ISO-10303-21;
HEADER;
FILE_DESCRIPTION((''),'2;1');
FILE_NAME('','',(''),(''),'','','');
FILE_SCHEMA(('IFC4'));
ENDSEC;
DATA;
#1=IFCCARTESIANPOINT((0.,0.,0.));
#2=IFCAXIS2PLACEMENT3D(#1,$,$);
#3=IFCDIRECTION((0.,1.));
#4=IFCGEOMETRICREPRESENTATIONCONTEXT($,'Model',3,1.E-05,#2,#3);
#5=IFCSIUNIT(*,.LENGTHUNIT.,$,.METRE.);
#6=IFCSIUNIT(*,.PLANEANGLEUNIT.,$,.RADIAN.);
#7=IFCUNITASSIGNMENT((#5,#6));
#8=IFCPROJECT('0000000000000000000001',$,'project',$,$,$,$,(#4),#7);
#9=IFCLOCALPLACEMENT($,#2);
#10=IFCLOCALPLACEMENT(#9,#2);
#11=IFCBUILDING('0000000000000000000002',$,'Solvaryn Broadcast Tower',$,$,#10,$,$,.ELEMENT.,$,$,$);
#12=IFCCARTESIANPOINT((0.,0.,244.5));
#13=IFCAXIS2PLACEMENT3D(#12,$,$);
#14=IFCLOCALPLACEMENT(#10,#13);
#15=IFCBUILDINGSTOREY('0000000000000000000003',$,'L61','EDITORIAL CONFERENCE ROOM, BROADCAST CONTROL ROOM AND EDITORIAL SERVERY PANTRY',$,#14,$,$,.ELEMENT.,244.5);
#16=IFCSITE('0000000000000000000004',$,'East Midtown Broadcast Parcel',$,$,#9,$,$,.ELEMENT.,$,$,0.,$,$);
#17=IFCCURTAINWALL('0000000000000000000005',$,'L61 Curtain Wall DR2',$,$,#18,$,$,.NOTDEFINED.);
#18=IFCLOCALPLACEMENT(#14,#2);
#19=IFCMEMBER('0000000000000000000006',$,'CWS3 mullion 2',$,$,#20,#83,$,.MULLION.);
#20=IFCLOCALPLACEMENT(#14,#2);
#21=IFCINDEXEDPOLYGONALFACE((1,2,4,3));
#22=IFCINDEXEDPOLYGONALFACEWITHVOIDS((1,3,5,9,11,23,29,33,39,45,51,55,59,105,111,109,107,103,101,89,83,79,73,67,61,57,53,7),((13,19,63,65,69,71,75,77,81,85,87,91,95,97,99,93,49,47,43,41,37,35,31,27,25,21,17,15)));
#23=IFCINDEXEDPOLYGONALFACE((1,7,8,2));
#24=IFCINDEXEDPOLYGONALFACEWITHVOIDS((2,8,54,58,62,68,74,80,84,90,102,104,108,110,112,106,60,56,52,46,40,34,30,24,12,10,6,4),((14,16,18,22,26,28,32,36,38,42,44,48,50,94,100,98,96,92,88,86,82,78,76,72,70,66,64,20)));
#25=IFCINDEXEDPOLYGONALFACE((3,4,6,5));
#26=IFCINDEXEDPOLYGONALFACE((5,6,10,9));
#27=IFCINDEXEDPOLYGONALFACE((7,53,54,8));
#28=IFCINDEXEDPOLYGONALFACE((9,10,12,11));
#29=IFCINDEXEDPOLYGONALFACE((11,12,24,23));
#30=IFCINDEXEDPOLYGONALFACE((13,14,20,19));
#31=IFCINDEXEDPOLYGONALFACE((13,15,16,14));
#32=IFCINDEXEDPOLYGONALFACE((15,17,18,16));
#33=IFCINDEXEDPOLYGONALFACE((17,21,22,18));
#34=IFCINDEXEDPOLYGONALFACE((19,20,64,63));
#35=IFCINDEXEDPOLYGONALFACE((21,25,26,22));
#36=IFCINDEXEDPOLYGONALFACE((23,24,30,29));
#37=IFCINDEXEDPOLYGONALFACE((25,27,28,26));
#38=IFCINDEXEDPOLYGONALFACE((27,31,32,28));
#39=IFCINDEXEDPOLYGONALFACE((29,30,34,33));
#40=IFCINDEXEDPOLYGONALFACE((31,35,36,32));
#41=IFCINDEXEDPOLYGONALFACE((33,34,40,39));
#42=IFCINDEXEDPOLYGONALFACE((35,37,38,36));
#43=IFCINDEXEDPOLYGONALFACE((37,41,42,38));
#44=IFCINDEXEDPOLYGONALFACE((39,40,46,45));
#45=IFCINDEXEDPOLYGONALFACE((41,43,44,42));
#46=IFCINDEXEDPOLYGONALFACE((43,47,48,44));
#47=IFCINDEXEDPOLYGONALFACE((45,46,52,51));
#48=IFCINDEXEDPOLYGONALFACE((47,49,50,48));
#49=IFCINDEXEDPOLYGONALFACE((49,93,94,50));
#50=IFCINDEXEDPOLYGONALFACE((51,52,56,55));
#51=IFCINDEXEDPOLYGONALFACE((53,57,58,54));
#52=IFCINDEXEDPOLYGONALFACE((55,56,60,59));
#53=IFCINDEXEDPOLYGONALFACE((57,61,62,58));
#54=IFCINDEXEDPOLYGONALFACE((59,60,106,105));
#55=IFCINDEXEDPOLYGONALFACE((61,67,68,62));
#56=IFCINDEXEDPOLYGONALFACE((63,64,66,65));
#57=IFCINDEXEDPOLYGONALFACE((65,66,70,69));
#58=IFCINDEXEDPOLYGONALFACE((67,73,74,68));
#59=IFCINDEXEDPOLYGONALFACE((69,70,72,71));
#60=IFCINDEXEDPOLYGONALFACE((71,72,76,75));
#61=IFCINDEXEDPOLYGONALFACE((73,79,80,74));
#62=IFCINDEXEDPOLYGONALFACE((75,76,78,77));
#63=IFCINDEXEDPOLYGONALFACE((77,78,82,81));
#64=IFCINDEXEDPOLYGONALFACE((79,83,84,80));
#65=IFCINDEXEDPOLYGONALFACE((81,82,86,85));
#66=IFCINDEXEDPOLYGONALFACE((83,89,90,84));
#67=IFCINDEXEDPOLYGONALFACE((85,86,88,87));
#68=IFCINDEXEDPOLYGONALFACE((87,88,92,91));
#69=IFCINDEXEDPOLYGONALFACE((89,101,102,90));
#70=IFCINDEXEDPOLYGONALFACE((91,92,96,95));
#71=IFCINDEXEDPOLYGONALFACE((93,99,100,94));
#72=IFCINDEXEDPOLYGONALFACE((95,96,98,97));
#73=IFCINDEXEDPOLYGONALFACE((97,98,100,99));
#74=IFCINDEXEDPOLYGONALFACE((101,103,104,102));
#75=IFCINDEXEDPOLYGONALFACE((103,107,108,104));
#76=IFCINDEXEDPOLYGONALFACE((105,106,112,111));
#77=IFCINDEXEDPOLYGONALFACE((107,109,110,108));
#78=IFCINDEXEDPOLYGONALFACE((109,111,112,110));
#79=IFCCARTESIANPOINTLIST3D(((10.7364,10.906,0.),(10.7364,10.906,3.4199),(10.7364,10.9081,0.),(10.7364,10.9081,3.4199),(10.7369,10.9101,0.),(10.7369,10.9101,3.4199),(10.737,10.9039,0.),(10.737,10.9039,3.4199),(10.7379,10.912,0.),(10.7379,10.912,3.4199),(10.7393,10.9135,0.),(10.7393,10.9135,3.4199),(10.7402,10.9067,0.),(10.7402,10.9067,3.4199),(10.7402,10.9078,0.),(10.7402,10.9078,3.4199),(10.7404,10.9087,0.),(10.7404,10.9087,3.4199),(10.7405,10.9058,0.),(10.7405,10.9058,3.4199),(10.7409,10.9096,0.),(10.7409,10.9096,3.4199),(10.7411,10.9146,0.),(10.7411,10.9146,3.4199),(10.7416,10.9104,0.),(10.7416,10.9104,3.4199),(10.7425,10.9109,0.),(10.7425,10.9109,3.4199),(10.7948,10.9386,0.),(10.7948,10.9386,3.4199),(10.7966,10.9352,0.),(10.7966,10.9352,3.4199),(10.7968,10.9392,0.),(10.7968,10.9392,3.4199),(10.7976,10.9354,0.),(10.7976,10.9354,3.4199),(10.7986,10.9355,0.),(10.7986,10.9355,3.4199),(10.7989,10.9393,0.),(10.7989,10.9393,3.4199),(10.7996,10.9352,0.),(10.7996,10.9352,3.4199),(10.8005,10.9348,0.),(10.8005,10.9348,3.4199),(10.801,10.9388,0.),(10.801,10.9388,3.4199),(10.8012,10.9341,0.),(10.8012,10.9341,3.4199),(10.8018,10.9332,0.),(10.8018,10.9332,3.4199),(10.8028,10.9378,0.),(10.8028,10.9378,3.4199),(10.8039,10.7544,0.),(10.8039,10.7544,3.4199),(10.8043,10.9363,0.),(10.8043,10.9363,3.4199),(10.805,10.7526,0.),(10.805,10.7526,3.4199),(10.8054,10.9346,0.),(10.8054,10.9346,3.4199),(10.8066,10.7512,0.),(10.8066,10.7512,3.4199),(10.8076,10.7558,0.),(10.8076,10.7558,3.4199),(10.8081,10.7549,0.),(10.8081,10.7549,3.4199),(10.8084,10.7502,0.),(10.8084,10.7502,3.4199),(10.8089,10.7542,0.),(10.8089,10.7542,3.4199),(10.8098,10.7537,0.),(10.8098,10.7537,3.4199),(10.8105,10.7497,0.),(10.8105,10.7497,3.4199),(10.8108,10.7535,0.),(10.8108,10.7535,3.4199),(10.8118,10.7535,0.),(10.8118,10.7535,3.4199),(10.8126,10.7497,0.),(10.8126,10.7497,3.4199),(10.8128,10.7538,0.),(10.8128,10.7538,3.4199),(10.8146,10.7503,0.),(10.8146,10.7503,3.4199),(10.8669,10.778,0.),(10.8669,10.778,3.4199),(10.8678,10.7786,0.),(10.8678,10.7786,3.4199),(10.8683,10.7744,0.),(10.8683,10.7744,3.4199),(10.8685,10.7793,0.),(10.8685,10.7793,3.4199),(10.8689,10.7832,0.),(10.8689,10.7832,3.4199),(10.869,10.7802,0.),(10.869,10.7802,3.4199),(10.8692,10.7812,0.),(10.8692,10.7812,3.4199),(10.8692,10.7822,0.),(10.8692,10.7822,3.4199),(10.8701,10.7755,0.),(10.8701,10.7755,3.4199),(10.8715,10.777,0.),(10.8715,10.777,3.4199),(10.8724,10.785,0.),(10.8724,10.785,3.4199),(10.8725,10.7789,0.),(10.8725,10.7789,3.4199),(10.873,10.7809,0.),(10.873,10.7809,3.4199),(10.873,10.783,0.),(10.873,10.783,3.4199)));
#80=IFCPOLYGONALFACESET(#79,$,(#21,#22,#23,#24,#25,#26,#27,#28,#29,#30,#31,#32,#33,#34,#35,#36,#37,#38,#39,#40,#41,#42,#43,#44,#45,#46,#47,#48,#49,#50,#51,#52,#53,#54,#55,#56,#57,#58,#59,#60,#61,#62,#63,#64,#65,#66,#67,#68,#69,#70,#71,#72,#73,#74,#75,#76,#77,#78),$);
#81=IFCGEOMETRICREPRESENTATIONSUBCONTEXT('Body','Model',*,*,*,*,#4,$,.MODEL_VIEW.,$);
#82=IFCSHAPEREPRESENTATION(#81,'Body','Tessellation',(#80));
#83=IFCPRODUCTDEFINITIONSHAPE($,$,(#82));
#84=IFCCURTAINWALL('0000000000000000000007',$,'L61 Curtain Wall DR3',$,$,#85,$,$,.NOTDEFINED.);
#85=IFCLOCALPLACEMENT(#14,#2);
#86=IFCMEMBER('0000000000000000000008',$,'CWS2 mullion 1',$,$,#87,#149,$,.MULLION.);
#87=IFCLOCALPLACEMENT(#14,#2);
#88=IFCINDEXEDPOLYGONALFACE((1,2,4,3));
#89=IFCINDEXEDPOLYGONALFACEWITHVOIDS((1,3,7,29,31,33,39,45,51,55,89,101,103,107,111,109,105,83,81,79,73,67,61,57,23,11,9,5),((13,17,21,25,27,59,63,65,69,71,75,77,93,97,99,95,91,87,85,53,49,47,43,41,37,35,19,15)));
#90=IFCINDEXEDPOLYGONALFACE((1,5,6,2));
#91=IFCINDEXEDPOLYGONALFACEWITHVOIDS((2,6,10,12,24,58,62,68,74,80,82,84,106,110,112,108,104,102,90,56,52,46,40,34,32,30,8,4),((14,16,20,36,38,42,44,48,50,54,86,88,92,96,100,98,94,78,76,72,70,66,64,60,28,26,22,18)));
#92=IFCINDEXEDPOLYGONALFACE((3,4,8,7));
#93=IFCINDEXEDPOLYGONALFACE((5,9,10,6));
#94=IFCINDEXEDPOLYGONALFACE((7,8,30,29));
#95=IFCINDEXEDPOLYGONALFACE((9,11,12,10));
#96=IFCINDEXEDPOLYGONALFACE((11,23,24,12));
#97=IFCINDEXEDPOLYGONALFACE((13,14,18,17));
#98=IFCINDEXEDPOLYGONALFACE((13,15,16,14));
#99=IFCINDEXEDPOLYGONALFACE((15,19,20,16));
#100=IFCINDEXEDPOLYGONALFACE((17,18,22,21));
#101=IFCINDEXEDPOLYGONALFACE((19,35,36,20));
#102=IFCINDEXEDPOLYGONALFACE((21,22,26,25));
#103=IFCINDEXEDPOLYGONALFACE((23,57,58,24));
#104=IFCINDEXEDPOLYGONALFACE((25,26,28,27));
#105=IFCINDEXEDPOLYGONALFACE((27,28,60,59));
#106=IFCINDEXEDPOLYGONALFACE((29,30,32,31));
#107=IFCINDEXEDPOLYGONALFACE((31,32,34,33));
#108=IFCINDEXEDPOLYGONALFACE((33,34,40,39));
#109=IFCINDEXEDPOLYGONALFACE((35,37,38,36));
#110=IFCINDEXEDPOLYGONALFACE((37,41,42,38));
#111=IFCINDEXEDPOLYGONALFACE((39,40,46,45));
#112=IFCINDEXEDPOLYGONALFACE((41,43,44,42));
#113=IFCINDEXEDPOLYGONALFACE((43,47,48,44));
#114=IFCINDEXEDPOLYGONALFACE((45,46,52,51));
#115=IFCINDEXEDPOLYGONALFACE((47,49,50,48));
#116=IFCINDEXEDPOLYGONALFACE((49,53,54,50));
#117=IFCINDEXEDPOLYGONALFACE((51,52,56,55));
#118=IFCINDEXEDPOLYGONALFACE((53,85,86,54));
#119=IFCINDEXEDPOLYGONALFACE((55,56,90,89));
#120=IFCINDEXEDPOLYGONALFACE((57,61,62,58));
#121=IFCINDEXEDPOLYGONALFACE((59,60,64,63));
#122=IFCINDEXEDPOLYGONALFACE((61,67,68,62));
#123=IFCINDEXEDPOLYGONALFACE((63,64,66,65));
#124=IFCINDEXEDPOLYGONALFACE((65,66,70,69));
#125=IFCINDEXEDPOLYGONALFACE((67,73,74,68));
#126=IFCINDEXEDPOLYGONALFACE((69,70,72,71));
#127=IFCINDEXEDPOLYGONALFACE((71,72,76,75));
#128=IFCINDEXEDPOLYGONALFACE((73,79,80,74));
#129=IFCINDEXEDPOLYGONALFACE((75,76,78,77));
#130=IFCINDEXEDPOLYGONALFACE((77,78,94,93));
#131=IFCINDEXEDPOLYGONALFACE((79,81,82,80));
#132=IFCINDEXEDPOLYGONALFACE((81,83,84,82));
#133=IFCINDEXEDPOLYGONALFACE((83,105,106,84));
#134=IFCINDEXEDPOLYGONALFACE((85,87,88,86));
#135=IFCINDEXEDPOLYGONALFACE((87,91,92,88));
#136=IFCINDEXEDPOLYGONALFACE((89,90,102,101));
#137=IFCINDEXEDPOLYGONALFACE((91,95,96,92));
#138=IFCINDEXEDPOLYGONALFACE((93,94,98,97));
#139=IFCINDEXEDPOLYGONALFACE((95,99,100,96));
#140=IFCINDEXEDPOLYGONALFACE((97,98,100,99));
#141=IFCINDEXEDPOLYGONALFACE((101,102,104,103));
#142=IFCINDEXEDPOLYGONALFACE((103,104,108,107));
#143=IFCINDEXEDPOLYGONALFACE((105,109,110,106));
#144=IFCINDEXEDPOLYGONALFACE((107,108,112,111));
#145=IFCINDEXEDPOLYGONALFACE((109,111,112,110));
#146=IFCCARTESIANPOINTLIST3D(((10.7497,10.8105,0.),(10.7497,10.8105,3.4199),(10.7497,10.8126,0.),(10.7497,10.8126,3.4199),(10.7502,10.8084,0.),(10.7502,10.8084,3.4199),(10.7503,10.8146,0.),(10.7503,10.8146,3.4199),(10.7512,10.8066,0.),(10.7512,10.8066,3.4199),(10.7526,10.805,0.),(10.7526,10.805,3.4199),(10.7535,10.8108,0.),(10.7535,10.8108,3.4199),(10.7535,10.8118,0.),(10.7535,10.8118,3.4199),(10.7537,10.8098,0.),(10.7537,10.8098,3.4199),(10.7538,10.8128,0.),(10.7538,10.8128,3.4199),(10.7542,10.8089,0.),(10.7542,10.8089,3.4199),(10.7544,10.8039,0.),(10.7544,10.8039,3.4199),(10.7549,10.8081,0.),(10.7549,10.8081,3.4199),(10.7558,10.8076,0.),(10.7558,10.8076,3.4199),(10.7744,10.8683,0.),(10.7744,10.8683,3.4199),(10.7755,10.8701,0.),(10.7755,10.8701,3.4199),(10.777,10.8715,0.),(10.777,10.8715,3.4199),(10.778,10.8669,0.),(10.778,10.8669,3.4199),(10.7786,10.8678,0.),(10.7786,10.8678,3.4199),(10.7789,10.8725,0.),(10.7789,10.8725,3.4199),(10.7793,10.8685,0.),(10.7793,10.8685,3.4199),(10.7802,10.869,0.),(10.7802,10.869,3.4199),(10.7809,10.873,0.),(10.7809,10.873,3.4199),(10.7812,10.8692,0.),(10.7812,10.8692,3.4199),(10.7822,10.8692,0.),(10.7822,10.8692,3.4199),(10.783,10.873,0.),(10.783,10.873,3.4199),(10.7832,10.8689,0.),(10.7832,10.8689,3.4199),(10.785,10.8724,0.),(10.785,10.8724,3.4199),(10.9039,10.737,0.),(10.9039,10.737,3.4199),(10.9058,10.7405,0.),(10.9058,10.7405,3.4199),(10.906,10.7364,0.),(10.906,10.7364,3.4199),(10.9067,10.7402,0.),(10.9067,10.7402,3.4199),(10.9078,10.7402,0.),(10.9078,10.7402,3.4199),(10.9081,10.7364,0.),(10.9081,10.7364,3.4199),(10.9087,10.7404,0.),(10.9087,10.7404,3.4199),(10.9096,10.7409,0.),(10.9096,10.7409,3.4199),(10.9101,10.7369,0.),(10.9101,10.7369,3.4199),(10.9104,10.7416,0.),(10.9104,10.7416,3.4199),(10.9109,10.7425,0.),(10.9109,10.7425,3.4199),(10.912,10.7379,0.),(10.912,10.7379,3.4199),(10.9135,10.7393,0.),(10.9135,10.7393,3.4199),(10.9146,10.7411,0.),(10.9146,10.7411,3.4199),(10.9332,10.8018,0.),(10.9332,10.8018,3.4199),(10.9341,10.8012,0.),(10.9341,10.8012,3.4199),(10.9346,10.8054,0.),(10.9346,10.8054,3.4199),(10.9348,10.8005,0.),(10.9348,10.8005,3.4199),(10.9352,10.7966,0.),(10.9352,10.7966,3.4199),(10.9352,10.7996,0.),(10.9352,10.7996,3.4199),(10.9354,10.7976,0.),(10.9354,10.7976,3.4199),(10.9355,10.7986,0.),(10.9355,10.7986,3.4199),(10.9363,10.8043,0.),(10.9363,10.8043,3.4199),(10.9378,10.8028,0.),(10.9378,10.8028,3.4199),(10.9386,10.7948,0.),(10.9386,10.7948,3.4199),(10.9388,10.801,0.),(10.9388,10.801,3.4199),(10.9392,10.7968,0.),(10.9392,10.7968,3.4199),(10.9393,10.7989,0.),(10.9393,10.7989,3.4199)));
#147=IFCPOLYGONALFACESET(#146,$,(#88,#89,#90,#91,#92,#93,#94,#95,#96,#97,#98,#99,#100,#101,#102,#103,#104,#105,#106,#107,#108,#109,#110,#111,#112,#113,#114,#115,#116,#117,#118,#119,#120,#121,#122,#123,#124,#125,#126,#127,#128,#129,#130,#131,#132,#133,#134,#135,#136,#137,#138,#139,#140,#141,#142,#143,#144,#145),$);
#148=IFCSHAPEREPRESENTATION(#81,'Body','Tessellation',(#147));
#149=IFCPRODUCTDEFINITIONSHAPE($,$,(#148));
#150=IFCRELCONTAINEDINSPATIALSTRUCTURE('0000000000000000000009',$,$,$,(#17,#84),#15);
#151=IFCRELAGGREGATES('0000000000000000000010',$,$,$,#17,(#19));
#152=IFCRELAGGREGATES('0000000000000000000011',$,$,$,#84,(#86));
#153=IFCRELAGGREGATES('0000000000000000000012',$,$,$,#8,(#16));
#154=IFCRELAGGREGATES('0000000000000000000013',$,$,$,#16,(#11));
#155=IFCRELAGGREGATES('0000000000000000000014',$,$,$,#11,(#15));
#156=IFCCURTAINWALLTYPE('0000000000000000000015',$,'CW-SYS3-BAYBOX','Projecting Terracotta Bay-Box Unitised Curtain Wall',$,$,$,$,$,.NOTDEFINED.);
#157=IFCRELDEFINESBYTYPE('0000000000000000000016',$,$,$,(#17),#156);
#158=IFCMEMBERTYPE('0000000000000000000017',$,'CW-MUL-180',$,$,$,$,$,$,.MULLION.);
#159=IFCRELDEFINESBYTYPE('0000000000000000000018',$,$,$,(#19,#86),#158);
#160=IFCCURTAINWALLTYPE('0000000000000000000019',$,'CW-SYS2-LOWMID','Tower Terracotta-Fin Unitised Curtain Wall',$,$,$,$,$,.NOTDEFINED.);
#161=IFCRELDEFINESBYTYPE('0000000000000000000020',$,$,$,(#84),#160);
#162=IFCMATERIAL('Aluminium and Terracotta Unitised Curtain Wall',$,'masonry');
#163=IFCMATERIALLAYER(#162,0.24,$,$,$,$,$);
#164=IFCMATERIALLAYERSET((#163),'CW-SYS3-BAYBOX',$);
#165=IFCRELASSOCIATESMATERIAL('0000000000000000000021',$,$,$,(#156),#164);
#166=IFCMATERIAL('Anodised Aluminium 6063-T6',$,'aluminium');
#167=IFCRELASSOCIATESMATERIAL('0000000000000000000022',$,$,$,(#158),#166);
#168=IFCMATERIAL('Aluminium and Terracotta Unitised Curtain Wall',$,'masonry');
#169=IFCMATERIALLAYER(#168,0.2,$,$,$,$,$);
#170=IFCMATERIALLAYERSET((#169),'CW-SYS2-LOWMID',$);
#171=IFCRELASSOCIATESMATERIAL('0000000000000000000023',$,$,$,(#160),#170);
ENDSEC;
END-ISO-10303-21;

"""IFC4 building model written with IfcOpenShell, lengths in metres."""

from ifc_helpers import new_model, si_unit, direction, frame, origin, origin_2d, place, context, subcontext, project, spatial, hollow_rectangle, extrude, material, layer, layer_set, material_profile, profile_set, type_object, element, aggregate, save


model = new_model("IFC4")

# Units and contexts
model_context = context("Model", 3, precision=1e-05, world=origin(), true_north=direction((0.0, 1.0)))
body_context = subcontext(model_context, "Body", "Model", "MODEL_VIEW")
ifc_project = project(units=[si_unit("LENGTHUNIT", "METRE"), si_unit("PLANEANGLEUNIT", "RADIAN")], contexts=[model_context])

# Site, building, storey
site_placement = place(None, origin())
site = spatial("IfcSite", under=ifc_project, at=site_placement, Name="East Midtown Broadcast Parcel", CompositionType="ELEMENT", RefElevation=0.0)
building_placement = place(site_placement, origin())
building = spatial("IfcBuilding", under=site, at=building_placement, Name="Solvaryn Broadcast Tower", CompositionType="ELEMENT")
storey_placement = place(building_placement, frame((0.0, 0.0, 244.5)))
storey = spatial("IfcBuildingStorey", under=building, at=storey_placement, Name="L61", Description="EDITORIAL CONFERENCE ROOM, BROADCAST CONTROL ROOM AND EDITORIAL SERVERY PANTRY", CompositionType="ELEMENT", Elevation=244.5)

# Curtain wall, member
ifc_material_1 = material(Name="Aluminium and Terracotta Unitised Curtain Wall", Category="masonry")
ifc_layer_1 = layer(ifc_material_1, 0.24)
ifc_layer_set_1 = layer_set([ifc_layer_1], Name="CW-SYS3-BAYBOX")
curtain_wall_type_1 = type_object("IfcCurtainWallType", Name="CW-SYS3-BAYBOX", Description="Projecting Terracotta Bay-Box Unitised Curtain Wall", PredefinedType="NOTDEFINED", material=ifc_layer_set_1)
curtain_wall_1_placement = place(storey_placement, origin())
curtain_wall_1 = element("IfcCurtainWall", 1, at=curtain_wall_1_placement, inside=storey, type_object=curtain_wall_type_1, Name="L61 Curtain Wall DR2", PredefinedType="NOTDEFINED")
ifc_material_2 = material(Name="Anodised Aluminium 6063-T6", Category="aluminium")
ifc_material_profile_1 = material_profile(ifc_material_2, hollow_rectangle(XDim=0.075, YDim=0.1799, WallThickness=0.0039, InnerFilletRadius=0.0039, OuterFilletRadius=0.0081, at=origin_2d()))
ifc_profile_set_1 = profile_set([ifc_material_profile_1], Name="Anodised Aluminium 6063-T6")
member_type_1 = type_object("IfcMemberType", Name="CW-MUL-180", PredefinedType="MULLION", material=ifc_profile_set_1)
member_1_placement = place(storey_placement, frame((10.8047, 10.8445, 0.0), z_axis=(0.0, 0.0, 1.0), x_axis=(0.912774, 0.408466, 0.0)))
member_1 = element("IfcMember", 2, at=member_1_placement, type_object=member_type_1, Name="CWS3 mullion 2", PredefinedType="MULLION", context=body_context, shape_type="SweptSolid", body=[
    extrude(hollow_rectangle(XDim=0.075, YDim=0.1799, WallThickness=0.0039, InnerFilletRadius=0.0039, OuterFilletRadius=0.0081, at=origin_2d()), origin(), (0.0, 0.0, 1.0), 3.4199),
])
aggregate(curtain_wall_1, [member_1])

# Curtain wall, member
ifc_material_3 = material(Name="Aluminium and Terracotta Unitised Curtain Wall", Category="masonry")
ifc_layer_2 = layer(ifc_material_3, 0.2)
ifc_layer_set_2 = layer_set([ifc_layer_2], Name="CW-SYS2-LOWMID")
curtain_wall_type_2 = type_object("IfcCurtainWallType", Name="CW-SYS2-LOWMID", Description="Tower Terracotta-Fin Unitised Curtain Wall", PredefinedType="NOTDEFINED", material=ifc_layer_set_2)
curtain_wall_2_placement = place(storey_placement, origin())
curtain_wall_2 = element("IfcCurtainWall", 3, at=curtain_wall_2_placement, inside=storey, type_object=curtain_wall_type_2, Name="L61 Curtain Wall DR3", PredefinedType="NOTDEFINED")
member_2_placement = place(storey_placement, frame((10.8445, 10.8047, 0.0), z_axis=(0.0, 0.0, 1.0), x_axis=(0.408466, 0.912774, 0.0)))
member_2 = element("IfcMember", 4, at=member_2_placement, type_object=member_type_1, Name="CWS2 mullion 1", PredefinedType="MULLION", context=body_context, shape_type="SweptSolid", body=[
    extrude(hollow_rectangle(XDim=0.075, YDim=0.1799, WallThickness=0.0039, InnerFilletRadius=0.0039, OuterFilletRadius=0.0081, at=origin_2d()), origin(), (0.0, 0.0, 1.0), 3.4199),
])
aggregate(curtain_wall_2, [member_2])

save(model, "model.ifc")
